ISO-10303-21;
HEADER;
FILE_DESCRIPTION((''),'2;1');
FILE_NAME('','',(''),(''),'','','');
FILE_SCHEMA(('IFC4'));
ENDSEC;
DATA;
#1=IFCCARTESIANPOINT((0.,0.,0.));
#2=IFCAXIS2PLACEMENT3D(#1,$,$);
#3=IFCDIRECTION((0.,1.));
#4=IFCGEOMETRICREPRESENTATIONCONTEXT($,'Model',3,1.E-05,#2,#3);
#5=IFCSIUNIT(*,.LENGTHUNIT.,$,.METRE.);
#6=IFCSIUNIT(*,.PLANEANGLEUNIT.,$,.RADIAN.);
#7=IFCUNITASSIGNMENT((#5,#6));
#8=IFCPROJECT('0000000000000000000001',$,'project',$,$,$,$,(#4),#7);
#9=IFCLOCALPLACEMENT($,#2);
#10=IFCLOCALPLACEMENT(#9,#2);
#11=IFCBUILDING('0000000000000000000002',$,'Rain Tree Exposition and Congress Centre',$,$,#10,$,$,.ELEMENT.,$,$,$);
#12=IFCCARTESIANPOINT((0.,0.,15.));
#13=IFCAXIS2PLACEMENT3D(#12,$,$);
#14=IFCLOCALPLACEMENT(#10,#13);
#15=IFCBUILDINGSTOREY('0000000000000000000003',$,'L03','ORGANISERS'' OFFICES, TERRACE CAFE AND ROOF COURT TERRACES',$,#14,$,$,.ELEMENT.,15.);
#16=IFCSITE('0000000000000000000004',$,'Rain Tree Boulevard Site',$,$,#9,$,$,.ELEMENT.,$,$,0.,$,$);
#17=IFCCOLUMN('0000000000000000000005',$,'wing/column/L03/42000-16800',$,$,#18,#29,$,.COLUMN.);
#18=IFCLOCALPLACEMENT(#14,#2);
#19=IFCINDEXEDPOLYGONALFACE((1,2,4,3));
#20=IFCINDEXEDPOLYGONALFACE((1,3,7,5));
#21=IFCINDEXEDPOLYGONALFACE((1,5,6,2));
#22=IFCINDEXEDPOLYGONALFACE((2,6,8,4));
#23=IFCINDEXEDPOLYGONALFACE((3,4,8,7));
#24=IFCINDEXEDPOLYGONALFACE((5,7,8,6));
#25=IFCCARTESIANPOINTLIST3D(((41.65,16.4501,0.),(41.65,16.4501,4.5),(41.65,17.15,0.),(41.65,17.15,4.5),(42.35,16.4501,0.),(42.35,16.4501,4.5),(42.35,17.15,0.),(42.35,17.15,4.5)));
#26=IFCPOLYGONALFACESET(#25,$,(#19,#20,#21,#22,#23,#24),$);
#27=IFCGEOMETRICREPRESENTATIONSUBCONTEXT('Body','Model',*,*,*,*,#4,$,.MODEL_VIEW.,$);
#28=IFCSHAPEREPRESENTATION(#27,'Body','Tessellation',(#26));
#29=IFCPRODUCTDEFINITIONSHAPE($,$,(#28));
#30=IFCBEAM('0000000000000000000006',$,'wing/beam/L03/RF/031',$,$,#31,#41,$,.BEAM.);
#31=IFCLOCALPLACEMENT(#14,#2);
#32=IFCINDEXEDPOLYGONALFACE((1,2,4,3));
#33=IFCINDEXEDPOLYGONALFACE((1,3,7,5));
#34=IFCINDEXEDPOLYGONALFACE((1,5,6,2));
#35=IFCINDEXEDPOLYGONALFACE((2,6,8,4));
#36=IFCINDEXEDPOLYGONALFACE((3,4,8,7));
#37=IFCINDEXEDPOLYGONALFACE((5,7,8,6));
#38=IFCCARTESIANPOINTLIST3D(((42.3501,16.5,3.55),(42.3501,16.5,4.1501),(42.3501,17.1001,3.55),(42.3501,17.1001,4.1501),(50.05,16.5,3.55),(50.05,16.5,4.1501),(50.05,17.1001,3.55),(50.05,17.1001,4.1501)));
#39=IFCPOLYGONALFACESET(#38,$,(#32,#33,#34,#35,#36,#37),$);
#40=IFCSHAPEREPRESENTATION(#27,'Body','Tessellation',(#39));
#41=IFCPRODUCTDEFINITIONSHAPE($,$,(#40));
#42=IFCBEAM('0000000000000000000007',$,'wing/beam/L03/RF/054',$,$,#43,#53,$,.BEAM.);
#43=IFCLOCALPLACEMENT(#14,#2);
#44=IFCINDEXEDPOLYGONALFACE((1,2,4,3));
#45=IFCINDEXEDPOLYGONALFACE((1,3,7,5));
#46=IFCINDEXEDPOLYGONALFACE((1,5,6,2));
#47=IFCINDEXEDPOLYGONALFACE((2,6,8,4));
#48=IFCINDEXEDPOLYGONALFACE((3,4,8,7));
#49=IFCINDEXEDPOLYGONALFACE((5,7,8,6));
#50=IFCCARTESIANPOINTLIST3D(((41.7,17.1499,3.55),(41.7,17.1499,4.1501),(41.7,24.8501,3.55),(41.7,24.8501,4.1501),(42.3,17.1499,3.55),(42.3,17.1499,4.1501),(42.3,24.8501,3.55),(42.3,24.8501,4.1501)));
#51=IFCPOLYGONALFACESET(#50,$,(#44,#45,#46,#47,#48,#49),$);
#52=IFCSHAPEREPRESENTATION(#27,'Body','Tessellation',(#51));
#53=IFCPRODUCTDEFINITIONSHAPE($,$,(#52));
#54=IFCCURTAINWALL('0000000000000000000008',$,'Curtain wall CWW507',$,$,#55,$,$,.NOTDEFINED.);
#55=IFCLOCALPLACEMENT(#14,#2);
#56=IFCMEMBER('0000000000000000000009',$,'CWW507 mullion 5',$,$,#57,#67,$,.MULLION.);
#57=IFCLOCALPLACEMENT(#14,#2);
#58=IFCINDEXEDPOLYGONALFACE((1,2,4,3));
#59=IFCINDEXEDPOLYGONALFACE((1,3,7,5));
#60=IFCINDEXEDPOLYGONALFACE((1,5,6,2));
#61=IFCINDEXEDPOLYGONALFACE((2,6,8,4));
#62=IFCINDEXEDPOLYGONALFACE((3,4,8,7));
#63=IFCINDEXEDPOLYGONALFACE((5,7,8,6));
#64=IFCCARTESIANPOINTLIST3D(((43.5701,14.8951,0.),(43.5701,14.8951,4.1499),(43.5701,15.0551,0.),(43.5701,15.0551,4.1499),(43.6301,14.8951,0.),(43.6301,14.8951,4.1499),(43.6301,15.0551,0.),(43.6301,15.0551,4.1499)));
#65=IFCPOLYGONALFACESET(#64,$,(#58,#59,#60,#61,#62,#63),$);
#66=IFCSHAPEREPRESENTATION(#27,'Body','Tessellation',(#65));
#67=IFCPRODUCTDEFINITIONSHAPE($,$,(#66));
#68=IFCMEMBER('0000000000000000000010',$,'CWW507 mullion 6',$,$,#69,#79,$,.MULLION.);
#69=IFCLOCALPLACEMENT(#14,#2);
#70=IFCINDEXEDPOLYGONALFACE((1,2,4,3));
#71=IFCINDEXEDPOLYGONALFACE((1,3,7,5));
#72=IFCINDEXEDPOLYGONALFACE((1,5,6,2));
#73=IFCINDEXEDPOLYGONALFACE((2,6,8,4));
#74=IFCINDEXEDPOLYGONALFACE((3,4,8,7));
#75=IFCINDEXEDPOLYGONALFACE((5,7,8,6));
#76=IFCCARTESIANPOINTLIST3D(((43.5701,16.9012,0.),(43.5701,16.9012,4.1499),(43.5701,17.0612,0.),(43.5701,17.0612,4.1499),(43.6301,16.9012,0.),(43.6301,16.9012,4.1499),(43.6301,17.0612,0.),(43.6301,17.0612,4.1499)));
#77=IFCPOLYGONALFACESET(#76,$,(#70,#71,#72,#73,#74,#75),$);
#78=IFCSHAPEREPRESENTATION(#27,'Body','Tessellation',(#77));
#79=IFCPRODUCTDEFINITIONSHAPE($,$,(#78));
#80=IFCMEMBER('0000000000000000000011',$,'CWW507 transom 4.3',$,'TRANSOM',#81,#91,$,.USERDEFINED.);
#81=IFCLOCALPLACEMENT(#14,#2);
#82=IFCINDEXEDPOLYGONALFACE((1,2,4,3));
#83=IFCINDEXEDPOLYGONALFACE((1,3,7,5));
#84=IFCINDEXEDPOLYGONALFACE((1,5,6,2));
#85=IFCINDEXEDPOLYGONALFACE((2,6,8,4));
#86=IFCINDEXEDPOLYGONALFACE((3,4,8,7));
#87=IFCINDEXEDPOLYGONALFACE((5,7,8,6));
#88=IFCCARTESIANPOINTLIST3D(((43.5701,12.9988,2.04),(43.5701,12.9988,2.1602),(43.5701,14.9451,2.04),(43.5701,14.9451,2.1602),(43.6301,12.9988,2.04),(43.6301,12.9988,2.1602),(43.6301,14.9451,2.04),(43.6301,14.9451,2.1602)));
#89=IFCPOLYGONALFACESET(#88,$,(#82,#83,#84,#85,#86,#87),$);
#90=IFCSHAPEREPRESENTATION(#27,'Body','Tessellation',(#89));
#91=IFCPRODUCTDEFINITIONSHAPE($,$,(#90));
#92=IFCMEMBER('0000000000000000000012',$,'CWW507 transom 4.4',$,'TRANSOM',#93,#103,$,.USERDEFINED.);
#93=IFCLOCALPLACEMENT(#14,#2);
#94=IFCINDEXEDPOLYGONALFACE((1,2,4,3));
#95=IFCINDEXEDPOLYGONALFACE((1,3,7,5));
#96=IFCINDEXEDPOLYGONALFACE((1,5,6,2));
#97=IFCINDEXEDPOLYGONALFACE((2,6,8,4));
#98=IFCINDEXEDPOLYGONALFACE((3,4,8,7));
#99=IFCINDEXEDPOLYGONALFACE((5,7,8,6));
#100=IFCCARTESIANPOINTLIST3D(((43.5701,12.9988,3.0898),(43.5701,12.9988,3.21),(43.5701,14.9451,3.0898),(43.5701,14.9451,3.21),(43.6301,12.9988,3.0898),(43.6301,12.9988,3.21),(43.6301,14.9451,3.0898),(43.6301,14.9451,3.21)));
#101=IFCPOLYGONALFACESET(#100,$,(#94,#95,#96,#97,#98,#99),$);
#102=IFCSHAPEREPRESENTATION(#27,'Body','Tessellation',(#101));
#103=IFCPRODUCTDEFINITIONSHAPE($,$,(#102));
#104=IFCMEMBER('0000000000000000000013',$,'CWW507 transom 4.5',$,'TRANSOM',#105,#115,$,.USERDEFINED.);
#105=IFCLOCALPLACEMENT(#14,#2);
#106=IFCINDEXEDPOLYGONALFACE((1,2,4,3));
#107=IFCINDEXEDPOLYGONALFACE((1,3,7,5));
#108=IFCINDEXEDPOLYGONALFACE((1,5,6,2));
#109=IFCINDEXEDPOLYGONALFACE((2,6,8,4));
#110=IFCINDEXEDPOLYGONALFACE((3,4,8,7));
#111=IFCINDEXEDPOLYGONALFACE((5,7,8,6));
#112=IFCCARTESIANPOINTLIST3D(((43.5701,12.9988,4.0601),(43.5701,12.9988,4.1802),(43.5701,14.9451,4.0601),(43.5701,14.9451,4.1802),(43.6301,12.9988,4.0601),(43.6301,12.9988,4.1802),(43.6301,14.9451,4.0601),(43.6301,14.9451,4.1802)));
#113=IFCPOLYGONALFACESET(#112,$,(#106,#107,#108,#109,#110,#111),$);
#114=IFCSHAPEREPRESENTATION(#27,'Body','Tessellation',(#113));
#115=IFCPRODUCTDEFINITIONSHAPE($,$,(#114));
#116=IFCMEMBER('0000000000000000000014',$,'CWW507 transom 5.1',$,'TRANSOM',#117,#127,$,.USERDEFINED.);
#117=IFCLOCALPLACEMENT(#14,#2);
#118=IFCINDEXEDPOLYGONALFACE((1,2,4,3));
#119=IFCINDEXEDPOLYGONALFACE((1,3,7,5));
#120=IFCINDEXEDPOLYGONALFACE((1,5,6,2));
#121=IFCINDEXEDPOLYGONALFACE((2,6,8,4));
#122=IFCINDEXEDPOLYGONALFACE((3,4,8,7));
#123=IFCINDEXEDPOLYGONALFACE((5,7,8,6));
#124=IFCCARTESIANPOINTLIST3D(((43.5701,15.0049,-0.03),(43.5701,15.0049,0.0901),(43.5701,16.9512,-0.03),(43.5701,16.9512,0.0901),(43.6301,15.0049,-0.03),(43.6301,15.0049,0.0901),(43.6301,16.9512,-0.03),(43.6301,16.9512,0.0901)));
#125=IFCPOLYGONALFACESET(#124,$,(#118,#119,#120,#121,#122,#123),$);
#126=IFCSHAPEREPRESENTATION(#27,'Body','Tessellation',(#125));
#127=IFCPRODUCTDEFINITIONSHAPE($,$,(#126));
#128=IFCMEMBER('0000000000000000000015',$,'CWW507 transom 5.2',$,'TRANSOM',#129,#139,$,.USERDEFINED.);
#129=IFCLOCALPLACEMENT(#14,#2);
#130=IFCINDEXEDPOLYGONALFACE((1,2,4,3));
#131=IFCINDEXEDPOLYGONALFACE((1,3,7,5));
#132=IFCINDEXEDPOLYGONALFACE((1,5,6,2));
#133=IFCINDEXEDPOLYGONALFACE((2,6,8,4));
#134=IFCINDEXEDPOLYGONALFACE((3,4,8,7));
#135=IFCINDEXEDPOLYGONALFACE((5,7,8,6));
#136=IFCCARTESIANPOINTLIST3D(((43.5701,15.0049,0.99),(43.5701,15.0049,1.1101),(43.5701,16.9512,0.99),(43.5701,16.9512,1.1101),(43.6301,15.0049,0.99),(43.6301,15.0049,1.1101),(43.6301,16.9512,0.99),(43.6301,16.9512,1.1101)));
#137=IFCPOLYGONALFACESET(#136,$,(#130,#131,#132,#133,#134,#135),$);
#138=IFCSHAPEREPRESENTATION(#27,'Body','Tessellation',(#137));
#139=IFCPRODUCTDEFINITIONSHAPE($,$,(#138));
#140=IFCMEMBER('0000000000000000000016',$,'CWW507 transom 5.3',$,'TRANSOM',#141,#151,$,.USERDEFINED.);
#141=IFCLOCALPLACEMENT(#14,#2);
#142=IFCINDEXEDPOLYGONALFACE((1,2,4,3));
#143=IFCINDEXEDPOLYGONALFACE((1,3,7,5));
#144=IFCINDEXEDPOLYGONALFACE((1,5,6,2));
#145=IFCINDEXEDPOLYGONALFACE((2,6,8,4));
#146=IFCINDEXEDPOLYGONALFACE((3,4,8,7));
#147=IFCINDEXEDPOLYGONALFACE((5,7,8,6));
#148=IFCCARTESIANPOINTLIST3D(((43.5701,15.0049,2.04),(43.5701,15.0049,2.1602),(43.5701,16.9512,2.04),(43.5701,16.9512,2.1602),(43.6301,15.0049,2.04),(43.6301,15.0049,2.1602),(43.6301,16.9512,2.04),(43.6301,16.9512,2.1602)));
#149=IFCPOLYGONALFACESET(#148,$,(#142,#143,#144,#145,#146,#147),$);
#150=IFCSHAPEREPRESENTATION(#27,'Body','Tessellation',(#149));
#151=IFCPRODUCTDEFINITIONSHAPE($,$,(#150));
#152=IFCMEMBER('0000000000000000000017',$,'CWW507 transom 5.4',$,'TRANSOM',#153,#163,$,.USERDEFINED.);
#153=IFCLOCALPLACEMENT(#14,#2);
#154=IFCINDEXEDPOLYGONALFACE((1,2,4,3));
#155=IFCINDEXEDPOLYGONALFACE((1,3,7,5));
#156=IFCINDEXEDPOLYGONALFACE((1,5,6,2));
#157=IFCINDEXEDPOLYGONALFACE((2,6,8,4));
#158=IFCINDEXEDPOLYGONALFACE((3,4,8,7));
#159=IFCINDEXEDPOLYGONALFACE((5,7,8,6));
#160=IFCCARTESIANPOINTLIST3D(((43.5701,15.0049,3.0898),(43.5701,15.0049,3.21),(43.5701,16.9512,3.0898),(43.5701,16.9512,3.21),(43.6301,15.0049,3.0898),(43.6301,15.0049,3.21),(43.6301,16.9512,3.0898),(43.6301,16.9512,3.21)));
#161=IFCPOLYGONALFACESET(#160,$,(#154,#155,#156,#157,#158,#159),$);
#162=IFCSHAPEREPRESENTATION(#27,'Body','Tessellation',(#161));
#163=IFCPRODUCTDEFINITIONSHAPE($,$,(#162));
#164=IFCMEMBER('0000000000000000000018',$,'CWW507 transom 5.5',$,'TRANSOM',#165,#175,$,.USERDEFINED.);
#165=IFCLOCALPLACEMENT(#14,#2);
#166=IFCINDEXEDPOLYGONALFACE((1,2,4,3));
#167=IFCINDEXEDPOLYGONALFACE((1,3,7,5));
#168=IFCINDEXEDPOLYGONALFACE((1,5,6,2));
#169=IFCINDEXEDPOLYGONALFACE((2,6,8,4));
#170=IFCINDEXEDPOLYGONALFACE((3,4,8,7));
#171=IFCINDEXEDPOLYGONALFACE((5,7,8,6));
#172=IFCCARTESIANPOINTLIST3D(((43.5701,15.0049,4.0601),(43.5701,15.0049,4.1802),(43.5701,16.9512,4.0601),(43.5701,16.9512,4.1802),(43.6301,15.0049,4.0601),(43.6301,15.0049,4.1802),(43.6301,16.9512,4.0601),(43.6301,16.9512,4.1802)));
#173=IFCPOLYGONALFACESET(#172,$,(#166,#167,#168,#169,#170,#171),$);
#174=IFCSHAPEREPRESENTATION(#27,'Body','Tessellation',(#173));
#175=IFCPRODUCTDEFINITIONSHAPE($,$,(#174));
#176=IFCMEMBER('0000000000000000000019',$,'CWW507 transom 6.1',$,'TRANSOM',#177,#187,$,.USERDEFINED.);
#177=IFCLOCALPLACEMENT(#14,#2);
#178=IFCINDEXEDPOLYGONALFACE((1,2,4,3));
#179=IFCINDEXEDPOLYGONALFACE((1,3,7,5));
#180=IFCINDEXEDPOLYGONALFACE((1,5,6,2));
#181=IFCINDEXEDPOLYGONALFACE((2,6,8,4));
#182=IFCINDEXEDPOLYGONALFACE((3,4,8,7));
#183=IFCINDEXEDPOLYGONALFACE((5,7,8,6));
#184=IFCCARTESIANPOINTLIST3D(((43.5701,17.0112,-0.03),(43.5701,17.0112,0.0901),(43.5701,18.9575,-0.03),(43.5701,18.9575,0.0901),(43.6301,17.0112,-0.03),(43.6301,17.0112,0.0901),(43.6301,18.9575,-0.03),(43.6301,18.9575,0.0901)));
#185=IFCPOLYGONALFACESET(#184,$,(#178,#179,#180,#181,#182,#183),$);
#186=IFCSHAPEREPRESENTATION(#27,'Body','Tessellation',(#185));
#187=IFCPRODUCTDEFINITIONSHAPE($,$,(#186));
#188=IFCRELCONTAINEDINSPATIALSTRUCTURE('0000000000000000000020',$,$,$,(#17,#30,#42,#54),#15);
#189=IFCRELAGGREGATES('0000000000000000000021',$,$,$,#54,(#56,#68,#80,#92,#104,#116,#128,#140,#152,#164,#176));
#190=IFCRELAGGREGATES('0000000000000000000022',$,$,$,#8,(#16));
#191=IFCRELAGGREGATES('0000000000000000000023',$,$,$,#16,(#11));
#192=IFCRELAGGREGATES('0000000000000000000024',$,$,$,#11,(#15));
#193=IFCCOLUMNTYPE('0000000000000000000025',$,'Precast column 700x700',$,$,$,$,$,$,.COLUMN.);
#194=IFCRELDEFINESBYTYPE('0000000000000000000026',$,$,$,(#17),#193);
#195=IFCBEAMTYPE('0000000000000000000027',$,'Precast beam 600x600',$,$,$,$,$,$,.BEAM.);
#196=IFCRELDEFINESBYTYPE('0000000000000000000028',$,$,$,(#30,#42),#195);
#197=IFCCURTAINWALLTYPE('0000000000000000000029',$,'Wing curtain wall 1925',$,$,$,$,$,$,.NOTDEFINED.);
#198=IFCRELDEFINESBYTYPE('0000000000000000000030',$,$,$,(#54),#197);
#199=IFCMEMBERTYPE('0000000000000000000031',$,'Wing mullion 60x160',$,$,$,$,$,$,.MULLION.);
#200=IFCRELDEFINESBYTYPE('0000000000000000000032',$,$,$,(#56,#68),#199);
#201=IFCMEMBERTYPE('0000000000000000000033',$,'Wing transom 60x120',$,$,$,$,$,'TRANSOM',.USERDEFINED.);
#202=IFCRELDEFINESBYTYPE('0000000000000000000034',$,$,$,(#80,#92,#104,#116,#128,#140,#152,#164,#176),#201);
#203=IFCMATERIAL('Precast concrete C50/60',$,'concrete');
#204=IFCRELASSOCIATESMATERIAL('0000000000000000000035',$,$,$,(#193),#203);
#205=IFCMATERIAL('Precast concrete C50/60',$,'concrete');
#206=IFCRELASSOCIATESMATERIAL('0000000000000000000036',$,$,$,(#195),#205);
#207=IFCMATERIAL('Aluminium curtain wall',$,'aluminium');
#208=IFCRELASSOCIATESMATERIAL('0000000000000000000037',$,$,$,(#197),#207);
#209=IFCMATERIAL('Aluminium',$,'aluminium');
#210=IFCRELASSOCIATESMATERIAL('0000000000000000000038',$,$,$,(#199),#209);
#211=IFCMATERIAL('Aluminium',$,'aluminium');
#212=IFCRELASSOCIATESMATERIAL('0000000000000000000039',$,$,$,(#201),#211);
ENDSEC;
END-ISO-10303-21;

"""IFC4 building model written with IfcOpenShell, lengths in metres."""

from ifc_helpers import new_model, si_unit, direction, frame, origin, origin_2d, place, context, subcontext, project, spatial, rectangle, extrude, material, material_profile, profile_set, type_object, element, aggregate, save


model = new_model("IFC4")

# Units and contexts
model_context = context("Model", 3, precision=1e-05, world=origin(), true_north=direction((0.0, 1.0)))
body_context = subcontext(model_context, "Body", "Model", "MODEL_VIEW")
ifc_project = project(units=[si_unit("LENGTHUNIT", "METRE"), si_unit("PLANEANGLEUNIT", "RADIAN")], contexts=[model_context])

# Site, building, storey
site_placement = place(None, origin())
site = spatial("IfcSite", under=ifc_project, at=site_placement, Name="Rain Tree Boulevard Site", CompositionType="ELEMENT", RefElevation=0.0)
building_placement = place(site_placement, origin())
building = spatial("IfcBuilding", under=site, at=building_placement, Name="Rain Tree Exposition and Congress Centre", CompositionType="ELEMENT")
storey_placement = place(building_placement, frame((0.0, 0.0, 15.0)))
storey = spatial("IfcBuildingStorey", under=building, at=storey_placement, Name="L03", Description="ORGANISERS' OFFICES, TERRACE CAFE AND ROOF COURT TERRACES", CompositionType="ELEMENT", Elevation=15.0)

# Column
ifc_material_1 = material(Name="Precast concrete C50/60", Category="concrete")
ifc_material_profile_1 = material_profile(ifc_material_1, rectangle(XDim=0.7, YDim=0.7, at=origin_2d()), Name="RC 700x700")
ifc_profile_set_1 = profile_set([ifc_material_profile_1], Name="Precast concrete C50/60")
column_type = type_object("IfcColumnType", Name="Precast column 700x700", PredefinedType="COLUMN", material=ifc_profile_set_1)
column_placement = place(storey_placement, frame((42.0, 16.8, 0.0), z_axis=(0.0, 0.0, 1.0), x_axis=(1.0, 0.0, 0.0)))
element("IfcColumn", 1, at=column_placement, inside=storey, type_object=column_type, Name="wing/column/L03/42000-16800", PredefinedType="COLUMN", context=body_context, shape_type="SweptSolid", body=[
    extrude(rectangle(XDim=0.7, YDim=0.7, at=origin_2d()), origin(), (0.0, 0.0, 1.0), 4.5),
])

# Beams
ifc_material_2 = material(Name="Precast concrete C50/60", Category="concrete")
ifc_material_profile_2 = material_profile(ifc_material_2, rectangle(XDim=0.6001, YDim=0.6001, at=origin_2d()), Name="RC 600x600")
ifc_profile_set_2 = profile_set([ifc_material_profile_2], Name="Precast concrete C50/60")
beam_type = type_object("IfcBeamType", Name="Precast beam 600x600", PredefinedType="BEAM", material=ifc_profile_set_2)
beam_1_placement = place(storey_placement, frame((42.3501, 16.8, 3.8501), z_axis=(1.0, 0.0, 0.0), x_axis=(0.0, 1.0, 0.0)))
element("IfcBeam", 2, at=beam_1_placement, inside=storey, type_object=beam_type, Name="wing/beam/L03/RF/031", PredefinedType="BEAM", context=body_context, shape_type="SweptSolid", body=[
    extrude(rectangle(XDim=0.6001, YDim=0.6001, at=origin_2d()), origin(), (0.0, 0.0, 1.0), 7.7),
])
beam_2_placement = place(storey_placement, frame((42.0, 17.1499, 3.8501), z_axis=(0.0, 1.0, 0.0), x_axis=(-1.0, 0.0, 0.0)))
element("IfcBeam", 3, at=beam_2_placement, inside=storey, type_object=beam_type, Name="wing/beam/L03/RF/054", PredefinedType="BEAM", context=body_context, shape_type="SweptSolid", body=[
    extrude(rectangle(XDim=0.6001, YDim=0.6001, at=origin_2d()), origin(), (0.0, 0.0, 1.0), 7.7002),
])

# Curtain wall, members
ifc_material_3 = material(Name="Aluminium curtain wall", Category="aluminium")
curtain_wall_type = type_object("IfcCurtainWallType", Name="Wing curtain wall 1925", PredefinedType="NOTDEFINED", material=ifc_material_3)
curtain_wall_placement = place(storey_placement, origin())
curtain_wall = element("IfcCurtainWall", 4, at=curtain_wall_placement, inside=storey, type_object=curtain_wall_type, Name="Curtain wall CWW507", PredefinedType="NOTDEFINED")
ifc_material_4 = material(Name="Aluminium", Category="aluminium")
ifc_material_profile_3 = material_profile(ifc_material_4, rectangle(XDim=0.0601, YDim=0.1599, at=origin_2d()), Name="Aluminium 60x160")
ifc_profile_set_3 = profile_set([ifc_material_profile_3], Name="Aluminium")
member_type_1 = type_object("IfcMemberType", Name="Wing mullion 60x160", PredefinedType="MULLION", material=ifc_profile_set_3)
member_1_placement = place(storey_placement, frame((43.6001, 14.9751, 0.0), z_axis=(0.0, 0.0, 1.0), x_axis=(-1.0, 0.0, 0.0)))
member_1 = element("IfcMember", 5, at=member_1_placement, type_object=member_type_1, Name="CWW507 mullion 5", PredefinedType="MULLION", context=body_context, shape_type="SweptSolid", body=[
    extrude(rectangle(XDim=0.0601, YDim=0.1599, at=origin_2d()), origin(), (0.0, 0.0, 1.0), 4.1499),
])
member_2_placement = place(storey_placement, frame((43.6001, 16.9812, 0.0), z_axis=(0.0, 0.0, 1.0), x_axis=(-1.0, 0.0, 0.0)))
member_2 = element("IfcMember", 6, at=member_2_placement, type_object=member_type_1, Name="CWW507 mullion 6", PredefinedType="MULLION", context=body_context, shape_type="SweptSolid", body=[
    extrude(rectangle(XDim=0.0601, YDim=0.1599, at=origin_2d()), origin(), (0.0, 0.0, 1.0), 4.1499),
])
ifc_material_5 = material(Name="Aluminium", Category="aluminium")
ifc_material_profile_4 = material_profile(ifc_material_5, rectangle(XDim=0.0601, YDim=0.1201, at=origin_2d()), Name="Aluminium 60x120")
ifc_profile_set_4 = profile_set([ifc_material_profile_4], Name="Aluminium")
member_type_2 = type_object("IfcMemberType", Name="Wing transom 60x120", ElementType="TRANSOM", PredefinedType="USERDEFINED", material=ifc_profile_set_4)
member_3_placement = place(storey_placement, frame((43.6001, 12.9988, 2.1001), z_axis=(0.0, 1.0, 0.0), x_axis=(-1.0, 0.0, 0.0)))
member_3 = element("IfcMember", 7, at=member_3_placement, type_object=member_type_2, Name="CWW507 transom 4.3", ObjectType="TRANSOM", PredefinedType="USERDEFINED", context=body_context, shape_type="SweptSolid", body=[
    extrude(rectangle(XDim=0.0601, YDim=0.1201, at=origin_2d()), origin(), (0.0, 0.0, 1.0), 1.9463),
])
member_4_placement = place(storey_placement, frame((43.6001, 12.9988, 3.1499), z_axis=(0.0, 1.0, 0.0), x_axis=(-1.0, 0.0, 0.0)))
member_4 = element("IfcMember", 8, at=member_4_placement, type_object=member_type_2, Name="CWW507 transom 4.4", ObjectType="TRANSOM", PredefinedType="USERDEFINED", context=body_context, shape_type="SweptSolid", body=[
    extrude(rectangle(XDim=0.0601, YDim=0.1201, at=origin_2d()), origin(), (0.0, 0.0, 1.0), 1.9463),
])
member_5_placement = place(storey_placement, frame((43.6001, 12.9988, 4.1201), z_axis=(0.0, 1.0, 0.0), x_axis=(-1.0, 0.0, 0.0)))
member_5 = element("IfcMember", 9, at=member_5_placement, type_object=member_type_2, Name="CWW507 transom 4.5", ObjectType="TRANSOM", PredefinedType="USERDEFINED", context=body_context, shape_type="SweptSolid", body=[
    extrude(rectangle(XDim=0.0601, YDim=0.1201, at=origin_2d()), origin(), (0.0, 0.0, 1.0), 1.9463),
])
member_6_placement = place(storey_placement, frame((43.6001, 15.0049, 0.03), z_axis=(0.0, 1.0, 0.0), x_axis=(-1.0, 0.0, 0.0)))
member_6 = element("IfcMember", 10, at=member_6_placement, type_object=member_type_2, Name="CWW507 transom 5.1", ObjectType="TRANSOM", PredefinedType="USERDEFINED", context=body_context, shape_type="SweptSolid", body=[
    extrude(rectangle(XDim=0.0601, YDim=0.1201, at=origin_2d()), origin(), (0.0, 0.0, 1.0), 1.9463),
])
member_7_placement = place(storey_placement, frame((43.6001, 15.0049, 1.05), z_axis=(0.0, 1.0, 0.0), x_axis=(-1.0, 0.0, 0.0)))
member_7 = element("IfcMember", 11, at=member_7_placement, type_object=member_type_2, Name="CWW507 transom 5.2", ObjectType="TRANSOM", PredefinedType="USERDEFINED", context=body_context, shape_type="SweptSolid", body=[
    extrude(rectangle(XDim=0.0601, YDim=0.1201, at=origin_2d()), origin(), (0.0, 0.0, 1.0), 1.9463),
])
member_8_placement = place(storey_placement, frame((43.6001, 15.0049, 2.1001), z_axis=(0.0, 1.0, 0.0), x_axis=(-1.0, 0.0, 0.0)))
member_8 = element("IfcMember", 12, at=member_8_placement, type_object=member_type_2, Name="CWW507 transom 5.3", ObjectType="TRANSOM", PredefinedType="USERDEFINED", context=body_context, shape_type="SweptSolid", body=[
    extrude(rectangle(XDim=0.0601, YDim=0.1201, at=origin_2d()), origin(), (0.0, 0.0, 1.0), 1.9463),
])
member_9_placement = place(storey_placement, frame((43.6001, 15.0049, 3.1499), z_axis=(0.0, 1.0, 0.0), x_axis=(-1.0, 0.0, 0.0)))
member_9 = element("IfcMember", 13, at=member_9_placement, type_object=member_type_2, Name="CWW507 transom 5.4", ObjectType="TRANSOM", PredefinedType="USERDEFINED", context=body_context, shape_type="SweptSolid", body=[
    extrude(rectangle(XDim=0.0601, YDim=0.1201, at=origin_2d()), origin(), (0.0, 0.0, 1.0), 1.9463),
])
member_10_placement = place(storey_placement, frame((43.6001, 15.0049, 4.1201), z_axis=(0.0, 1.0, 0.0), x_axis=(-1.0, 0.0, 0.0)))
member_10 = element("IfcMember", 14, at=member_10_placement, type_object=member_type_2, Name="CWW507 transom 5.5", ObjectType="TRANSOM", PredefinedType="USERDEFINED", context=body_context, shape_type="SweptSolid", body=[
    extrude(rectangle(XDim=0.0601, YDim=0.1201, at=origin_2d()), origin(), (0.0, 0.0, 1.0), 1.9463),
])
member_11_placement = place(storey_placement, frame((43.6001, 17.0112, 0.03), z_axis=(0.0, 1.0, 0.0), x_axis=(-1.0, 0.0, 0.0)))
member_11 = element("IfcMember", 15, at=member_11_placement, type_object=member_type_2, Name="CWW507 transom 6.1", ObjectType="TRANSOM", PredefinedType="USERDEFINED", context=body_context, shape_type="SweptSolid", body=[
    extrude(rectangle(XDim=0.0601, YDim=0.1201, at=origin_2d()), origin(), (0.0, 0.0, 1.0), 1.9463),
])
aggregate(curtain_wall, [member_1, member_2, member_3, member_4, member_5, member_6, member_7, member_8, member_9, member_10, member_11])

save(model, "model.ifc")
